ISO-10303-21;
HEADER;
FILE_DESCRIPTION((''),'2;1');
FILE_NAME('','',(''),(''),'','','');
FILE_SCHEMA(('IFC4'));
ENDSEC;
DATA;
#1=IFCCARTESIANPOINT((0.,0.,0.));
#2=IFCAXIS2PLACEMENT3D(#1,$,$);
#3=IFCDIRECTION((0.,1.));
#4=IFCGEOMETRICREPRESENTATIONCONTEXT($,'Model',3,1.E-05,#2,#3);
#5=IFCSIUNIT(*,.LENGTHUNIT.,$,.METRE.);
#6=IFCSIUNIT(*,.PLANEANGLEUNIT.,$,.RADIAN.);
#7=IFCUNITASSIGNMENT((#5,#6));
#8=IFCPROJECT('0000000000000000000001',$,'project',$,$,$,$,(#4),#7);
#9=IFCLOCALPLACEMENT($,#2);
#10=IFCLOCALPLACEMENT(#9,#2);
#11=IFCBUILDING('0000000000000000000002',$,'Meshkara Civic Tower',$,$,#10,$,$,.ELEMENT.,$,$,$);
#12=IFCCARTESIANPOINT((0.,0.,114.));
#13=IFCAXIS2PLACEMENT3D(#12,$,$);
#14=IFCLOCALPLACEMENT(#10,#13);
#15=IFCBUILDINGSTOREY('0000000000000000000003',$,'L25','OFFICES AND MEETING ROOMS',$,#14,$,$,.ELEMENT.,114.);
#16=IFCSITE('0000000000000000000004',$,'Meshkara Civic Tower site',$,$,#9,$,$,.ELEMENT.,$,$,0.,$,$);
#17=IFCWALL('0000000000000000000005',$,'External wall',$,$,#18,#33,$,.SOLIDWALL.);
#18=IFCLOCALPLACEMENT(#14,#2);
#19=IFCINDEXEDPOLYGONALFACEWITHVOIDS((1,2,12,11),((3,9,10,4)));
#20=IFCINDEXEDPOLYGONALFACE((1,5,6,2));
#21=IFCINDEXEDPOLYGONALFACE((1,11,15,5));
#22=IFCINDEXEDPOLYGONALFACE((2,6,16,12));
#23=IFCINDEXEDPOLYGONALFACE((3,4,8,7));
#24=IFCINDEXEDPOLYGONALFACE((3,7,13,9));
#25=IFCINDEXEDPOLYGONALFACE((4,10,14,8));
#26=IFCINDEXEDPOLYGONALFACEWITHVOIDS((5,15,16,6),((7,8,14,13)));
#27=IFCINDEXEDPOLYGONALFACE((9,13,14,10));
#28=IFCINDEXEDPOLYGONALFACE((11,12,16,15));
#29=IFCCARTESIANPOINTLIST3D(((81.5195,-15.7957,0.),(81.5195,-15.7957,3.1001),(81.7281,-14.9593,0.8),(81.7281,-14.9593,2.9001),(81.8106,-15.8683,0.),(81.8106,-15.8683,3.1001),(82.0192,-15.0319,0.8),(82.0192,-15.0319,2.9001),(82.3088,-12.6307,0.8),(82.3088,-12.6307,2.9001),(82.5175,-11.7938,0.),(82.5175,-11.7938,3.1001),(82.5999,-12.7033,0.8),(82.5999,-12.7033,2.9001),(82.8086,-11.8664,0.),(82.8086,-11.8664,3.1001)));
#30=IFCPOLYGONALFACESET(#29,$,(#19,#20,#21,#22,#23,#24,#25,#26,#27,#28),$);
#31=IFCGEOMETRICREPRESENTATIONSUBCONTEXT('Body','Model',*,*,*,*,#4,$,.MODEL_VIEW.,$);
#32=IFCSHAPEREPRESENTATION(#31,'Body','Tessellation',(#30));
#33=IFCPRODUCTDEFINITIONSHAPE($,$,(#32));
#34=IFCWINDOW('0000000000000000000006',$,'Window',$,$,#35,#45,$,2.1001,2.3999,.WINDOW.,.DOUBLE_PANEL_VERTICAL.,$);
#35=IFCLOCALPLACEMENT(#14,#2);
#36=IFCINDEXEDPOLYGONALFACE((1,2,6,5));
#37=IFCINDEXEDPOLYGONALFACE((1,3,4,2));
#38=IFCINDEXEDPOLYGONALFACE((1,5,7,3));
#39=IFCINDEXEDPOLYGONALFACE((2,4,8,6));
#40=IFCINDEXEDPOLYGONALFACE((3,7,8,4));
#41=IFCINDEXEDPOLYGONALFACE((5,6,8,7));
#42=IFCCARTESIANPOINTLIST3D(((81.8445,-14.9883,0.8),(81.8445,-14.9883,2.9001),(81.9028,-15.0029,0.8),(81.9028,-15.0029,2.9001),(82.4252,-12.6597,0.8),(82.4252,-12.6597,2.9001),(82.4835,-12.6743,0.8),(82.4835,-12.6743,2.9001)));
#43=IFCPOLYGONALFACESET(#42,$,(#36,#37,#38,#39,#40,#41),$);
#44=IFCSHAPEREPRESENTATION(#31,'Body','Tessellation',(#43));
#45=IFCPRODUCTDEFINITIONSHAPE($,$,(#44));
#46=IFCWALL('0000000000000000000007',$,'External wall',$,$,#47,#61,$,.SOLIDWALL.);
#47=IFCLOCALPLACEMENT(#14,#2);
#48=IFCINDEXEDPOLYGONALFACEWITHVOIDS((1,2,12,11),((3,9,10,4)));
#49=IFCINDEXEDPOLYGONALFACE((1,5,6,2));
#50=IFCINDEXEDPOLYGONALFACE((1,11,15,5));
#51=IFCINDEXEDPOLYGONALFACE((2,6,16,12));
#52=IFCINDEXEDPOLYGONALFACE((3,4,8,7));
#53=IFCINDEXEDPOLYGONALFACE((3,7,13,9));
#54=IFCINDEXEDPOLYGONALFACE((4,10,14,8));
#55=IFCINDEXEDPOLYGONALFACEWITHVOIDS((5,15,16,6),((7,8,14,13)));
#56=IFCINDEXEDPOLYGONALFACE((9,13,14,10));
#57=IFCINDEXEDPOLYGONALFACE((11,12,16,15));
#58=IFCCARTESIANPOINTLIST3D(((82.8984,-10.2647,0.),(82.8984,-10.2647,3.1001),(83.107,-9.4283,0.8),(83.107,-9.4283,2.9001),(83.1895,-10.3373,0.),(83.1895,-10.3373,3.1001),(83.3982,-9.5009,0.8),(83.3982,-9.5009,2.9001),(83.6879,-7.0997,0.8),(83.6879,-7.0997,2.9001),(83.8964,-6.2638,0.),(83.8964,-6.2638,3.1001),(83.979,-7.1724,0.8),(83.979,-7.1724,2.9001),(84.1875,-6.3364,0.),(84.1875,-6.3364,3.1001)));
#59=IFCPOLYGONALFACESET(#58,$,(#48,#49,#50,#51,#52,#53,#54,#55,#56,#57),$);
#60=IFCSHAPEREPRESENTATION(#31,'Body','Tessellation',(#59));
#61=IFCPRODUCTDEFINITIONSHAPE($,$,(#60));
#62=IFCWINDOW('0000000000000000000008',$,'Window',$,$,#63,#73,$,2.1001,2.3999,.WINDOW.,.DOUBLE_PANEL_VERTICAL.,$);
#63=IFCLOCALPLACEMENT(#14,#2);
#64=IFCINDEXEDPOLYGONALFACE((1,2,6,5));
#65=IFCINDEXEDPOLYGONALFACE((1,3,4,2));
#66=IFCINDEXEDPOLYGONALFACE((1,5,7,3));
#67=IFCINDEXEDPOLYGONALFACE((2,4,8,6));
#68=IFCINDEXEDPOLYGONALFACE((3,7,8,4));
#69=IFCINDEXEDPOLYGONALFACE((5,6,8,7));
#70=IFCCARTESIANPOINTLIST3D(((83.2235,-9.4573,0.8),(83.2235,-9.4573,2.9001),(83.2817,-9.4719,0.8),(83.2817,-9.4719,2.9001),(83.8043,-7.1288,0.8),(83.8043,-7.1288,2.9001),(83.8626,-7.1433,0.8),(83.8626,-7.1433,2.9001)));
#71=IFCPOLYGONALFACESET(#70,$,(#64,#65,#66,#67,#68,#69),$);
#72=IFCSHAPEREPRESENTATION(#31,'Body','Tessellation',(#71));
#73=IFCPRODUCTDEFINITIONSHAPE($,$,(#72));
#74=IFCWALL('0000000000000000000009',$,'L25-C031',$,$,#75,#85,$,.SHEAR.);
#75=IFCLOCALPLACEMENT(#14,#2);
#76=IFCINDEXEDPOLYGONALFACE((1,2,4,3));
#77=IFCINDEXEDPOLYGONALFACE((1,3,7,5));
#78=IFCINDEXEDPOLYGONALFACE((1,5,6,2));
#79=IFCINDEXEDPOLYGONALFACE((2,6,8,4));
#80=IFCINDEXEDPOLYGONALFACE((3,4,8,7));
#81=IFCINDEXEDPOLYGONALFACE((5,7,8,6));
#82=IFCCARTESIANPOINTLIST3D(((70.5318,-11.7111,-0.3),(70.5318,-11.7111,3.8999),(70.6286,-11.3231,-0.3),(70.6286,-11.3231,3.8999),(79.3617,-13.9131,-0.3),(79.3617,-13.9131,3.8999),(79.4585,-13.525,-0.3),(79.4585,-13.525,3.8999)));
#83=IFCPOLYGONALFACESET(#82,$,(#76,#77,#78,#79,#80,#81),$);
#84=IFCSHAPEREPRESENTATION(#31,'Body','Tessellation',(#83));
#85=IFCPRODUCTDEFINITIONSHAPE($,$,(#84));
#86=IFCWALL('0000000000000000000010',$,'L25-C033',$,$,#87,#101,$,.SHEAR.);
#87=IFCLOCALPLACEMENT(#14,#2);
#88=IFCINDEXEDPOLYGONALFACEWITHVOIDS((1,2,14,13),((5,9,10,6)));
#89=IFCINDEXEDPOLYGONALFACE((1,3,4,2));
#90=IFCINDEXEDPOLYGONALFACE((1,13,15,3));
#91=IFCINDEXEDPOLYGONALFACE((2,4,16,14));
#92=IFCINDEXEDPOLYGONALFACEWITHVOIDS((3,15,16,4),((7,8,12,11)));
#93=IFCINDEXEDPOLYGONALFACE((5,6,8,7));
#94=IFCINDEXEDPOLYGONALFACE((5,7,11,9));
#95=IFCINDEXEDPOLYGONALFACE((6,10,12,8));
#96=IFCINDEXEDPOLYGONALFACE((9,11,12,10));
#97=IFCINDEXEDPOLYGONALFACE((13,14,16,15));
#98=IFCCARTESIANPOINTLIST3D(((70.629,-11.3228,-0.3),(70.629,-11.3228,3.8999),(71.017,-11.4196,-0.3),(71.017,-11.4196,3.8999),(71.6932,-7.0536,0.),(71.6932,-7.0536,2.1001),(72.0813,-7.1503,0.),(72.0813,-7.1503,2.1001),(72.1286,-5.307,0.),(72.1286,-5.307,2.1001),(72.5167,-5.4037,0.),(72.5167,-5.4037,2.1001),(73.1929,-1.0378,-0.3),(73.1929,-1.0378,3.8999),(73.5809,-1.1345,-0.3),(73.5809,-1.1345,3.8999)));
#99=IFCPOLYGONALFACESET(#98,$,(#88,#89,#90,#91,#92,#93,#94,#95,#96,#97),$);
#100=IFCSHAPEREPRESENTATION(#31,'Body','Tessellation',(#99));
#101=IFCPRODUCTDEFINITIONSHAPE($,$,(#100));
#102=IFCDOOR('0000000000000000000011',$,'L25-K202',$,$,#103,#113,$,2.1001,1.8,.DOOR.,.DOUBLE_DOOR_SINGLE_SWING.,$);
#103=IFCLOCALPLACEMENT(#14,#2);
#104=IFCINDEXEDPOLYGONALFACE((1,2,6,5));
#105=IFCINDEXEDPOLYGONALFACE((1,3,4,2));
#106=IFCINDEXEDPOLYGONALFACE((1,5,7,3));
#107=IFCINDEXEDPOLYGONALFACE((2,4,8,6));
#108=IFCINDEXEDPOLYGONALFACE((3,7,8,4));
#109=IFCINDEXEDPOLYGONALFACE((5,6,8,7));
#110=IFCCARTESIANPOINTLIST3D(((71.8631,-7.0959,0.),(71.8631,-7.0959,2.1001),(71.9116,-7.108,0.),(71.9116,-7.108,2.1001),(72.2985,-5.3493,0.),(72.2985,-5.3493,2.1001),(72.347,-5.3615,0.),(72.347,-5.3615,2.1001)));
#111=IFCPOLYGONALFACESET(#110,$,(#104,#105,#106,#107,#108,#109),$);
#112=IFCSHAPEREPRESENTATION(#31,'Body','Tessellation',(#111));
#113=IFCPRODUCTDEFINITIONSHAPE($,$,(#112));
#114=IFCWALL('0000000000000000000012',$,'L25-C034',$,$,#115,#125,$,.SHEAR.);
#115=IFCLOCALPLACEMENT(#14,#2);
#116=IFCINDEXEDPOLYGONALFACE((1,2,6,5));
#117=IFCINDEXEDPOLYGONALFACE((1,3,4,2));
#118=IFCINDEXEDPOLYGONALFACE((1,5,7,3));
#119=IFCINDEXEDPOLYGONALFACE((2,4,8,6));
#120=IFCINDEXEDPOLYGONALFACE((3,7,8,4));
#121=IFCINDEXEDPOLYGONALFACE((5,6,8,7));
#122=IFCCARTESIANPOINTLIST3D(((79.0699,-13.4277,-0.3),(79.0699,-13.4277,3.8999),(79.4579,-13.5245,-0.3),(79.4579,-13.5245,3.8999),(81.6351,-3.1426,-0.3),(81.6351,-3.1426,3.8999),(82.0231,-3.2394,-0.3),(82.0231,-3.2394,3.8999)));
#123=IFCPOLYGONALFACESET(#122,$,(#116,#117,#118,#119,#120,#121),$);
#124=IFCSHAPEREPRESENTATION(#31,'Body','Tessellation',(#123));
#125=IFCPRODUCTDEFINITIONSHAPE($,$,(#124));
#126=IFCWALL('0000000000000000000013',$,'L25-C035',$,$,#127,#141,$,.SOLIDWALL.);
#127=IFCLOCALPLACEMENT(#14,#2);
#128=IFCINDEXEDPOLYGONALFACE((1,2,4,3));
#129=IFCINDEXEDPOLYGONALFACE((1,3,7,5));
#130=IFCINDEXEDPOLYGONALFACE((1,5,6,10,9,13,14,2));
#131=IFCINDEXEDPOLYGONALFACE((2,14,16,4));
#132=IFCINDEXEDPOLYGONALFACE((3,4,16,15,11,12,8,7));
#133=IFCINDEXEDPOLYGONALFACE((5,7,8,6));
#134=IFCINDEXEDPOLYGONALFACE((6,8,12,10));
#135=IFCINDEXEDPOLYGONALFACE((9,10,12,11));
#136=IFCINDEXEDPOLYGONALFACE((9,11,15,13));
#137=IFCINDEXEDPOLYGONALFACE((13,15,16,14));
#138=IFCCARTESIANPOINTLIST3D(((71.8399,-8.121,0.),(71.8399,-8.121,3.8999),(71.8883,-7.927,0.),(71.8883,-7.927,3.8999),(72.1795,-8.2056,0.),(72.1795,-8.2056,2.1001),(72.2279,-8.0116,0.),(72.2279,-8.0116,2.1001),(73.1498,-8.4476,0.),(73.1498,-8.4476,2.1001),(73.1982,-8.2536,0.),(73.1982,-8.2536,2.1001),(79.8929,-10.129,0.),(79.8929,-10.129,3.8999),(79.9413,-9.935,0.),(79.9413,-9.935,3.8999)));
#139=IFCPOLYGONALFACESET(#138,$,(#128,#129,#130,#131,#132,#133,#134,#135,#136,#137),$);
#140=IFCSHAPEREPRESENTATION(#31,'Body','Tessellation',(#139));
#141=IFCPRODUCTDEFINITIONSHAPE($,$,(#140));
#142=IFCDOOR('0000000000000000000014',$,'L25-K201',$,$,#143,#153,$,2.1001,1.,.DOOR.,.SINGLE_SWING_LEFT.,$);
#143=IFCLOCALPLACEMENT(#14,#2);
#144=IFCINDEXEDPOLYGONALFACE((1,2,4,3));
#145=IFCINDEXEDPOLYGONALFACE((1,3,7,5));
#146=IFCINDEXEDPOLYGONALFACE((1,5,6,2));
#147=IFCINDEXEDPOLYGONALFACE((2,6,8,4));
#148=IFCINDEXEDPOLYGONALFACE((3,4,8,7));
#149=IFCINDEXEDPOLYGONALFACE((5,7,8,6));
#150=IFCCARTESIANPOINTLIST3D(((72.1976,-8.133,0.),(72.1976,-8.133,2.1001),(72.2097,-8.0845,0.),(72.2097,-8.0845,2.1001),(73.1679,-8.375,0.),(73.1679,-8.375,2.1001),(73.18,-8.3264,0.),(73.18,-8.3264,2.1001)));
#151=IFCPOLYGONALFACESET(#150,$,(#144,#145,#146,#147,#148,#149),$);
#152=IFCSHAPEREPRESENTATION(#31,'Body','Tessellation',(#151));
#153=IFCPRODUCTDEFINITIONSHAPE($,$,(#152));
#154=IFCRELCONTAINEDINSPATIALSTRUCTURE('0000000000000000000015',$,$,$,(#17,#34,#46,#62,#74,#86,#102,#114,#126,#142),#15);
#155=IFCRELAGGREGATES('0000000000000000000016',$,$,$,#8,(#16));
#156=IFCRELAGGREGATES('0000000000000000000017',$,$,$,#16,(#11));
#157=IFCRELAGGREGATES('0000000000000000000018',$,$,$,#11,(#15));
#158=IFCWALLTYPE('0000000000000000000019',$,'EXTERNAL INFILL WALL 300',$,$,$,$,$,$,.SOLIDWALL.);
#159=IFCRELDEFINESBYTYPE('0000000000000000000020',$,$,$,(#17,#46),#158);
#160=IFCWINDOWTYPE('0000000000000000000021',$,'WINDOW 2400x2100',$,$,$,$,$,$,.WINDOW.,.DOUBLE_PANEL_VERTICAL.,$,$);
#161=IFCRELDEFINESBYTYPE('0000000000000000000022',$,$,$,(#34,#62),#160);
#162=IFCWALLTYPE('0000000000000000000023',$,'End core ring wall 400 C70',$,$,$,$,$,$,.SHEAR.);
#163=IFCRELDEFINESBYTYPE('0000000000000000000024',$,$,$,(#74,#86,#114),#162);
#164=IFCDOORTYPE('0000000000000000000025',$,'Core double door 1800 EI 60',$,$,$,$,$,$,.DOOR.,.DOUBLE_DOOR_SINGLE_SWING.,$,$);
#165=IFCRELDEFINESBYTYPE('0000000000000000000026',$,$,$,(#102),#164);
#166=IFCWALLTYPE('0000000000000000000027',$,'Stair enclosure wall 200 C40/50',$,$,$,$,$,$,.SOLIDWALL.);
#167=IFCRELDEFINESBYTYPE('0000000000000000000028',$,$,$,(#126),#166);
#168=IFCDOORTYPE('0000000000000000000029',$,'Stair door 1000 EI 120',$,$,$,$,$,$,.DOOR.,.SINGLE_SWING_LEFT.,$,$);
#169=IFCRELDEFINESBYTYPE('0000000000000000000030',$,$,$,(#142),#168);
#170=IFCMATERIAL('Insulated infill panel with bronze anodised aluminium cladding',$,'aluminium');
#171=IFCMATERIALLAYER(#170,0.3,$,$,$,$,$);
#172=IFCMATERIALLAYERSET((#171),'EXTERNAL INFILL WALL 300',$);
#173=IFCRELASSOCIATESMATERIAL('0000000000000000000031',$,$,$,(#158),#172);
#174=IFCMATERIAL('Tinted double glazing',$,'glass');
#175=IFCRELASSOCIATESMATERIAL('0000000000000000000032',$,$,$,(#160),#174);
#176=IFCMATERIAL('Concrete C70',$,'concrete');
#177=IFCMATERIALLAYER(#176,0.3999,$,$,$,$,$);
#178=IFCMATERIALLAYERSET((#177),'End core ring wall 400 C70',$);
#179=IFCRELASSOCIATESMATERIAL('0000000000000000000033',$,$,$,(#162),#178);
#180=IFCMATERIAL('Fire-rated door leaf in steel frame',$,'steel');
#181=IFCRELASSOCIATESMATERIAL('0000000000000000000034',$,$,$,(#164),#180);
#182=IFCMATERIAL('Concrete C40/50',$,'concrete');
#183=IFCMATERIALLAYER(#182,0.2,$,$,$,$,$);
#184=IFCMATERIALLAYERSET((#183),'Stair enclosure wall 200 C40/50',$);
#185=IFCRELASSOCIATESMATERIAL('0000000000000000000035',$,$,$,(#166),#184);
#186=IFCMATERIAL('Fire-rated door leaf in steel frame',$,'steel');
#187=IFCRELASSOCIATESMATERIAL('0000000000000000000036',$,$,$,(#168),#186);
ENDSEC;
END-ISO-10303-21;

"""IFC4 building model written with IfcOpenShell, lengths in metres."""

from ifc_helpers import new_model, si_unit, direction, frame, frame_2d, origin, place, context, subcontext, project, spatial, rectangle, extrude, material, layer, layer_set, type_object, element, fill, save


model = new_model("IFC4")

# Units and contexts
model_context = context("Model", 3, precision=1e-05, world=origin(), true_north=direction((0.0, 1.0)))
body_context = subcontext(model_context, "Body", "Model", "MODEL_VIEW")
ifc_project = project(units=[si_unit("LENGTHUNIT", "METRE"), si_unit("PLANEANGLEUNIT", "RADIAN")], contexts=[model_context])

# Site, building, storey
site_placement = place(None, origin())
site = spatial("IfcSite", under=ifc_project, at=site_placement, Name="Meshkara Civic Tower site", CompositionType="ELEMENT", RefElevation=0.0)
building_placement = place(site_placement, origin())
building = spatial("IfcBuilding", under=site, at=building_placement, Name="Meshkara Civic Tower", CompositionType="ELEMENT")
storey_placement = place(building_placement, frame((0.0, 0.0, 114.0)))
storey = spatial("IfcBuildingStorey", under=building, at=storey_placement, Name="L25", Description="OFFICES AND MEETING ROOMS", CompositionType="ELEMENT", Elevation=114.0)

# Walls, openings, windows
ifc_material_1 = material(Name="Insulated infill panel with bronze anodised aluminium cladding", Category="aluminium")
ifc_layer_1 = layer(ifc_material_1, 0.3)
ifc_layer_set_1 = layer_set([ifc_layer_1], Name="EXTERNAL INFILL WALL 300")
wall_type_1 = type_object("IfcWallType", Name="EXTERNAL INFILL WALL 300", PredefinedType="SOLIDWALL", material=ifc_layer_set_1)
ifc_material_2 = material(Name="Tinted double glazing", Category="glass")
window_type_1 = type_object("IfcWindowType", Name="WINDOW 2400x2100", PartitioningType="DOUBLE_PANEL_VERTICAL", PredefinedType="WINDOW", material=ifc_material_2)
wall_1_placement = place(storey_placement, frame((81.665, -15.832, 0.0), z_axis=(0.0, 0.0, 1.0), x_axis=(0.241978, 0.970282, 0.0)))
wall_1 = element("IfcWall", 1, at=wall_1_placement, inside=storey, type_object=wall_type_1, Name="External wall", PredefinedType="SOLIDWALL", context=body_context, shape_type="SweptSolid", body=[
    extrude(rectangle(XDim=4.1245, YDim=0.3, at=frame_2d((2.0623, 0.0))), origin(), (0.0, 0.0, 1.0), 3.1001),
])
opening_1_placement = place(wall_1_placement, frame((0.8621, 0.0, 0.8)))
opening_1 = element("IfcOpeningElement", 2, at=opening_1_placement, cuts=wall_1, PredefinedType="OPENING", context=body_context, shape_type="SweptSolid", body=[
    extrude(rectangle(XDim=2.3999, YDim=2.1001, at=frame_2d((1.2, 1.05))), frame((0.0, 0.1599, 0.0), z_axis=(0.0, -1.0, 0.0), x_axis=(1.0, 0.0, 0.0)), (0.0, 0.0, 1.0), 0.3201),
])
window_1_placement = place(opening_1_placement, origin())
window_1 = element("IfcWindow", 3, at=window_1_placement, inside=storey, type_object=window_type_1, Name="Window", OverallHeight=2.1001, OverallWidth=2.3999, PartitioningType="DOUBLE_PANEL_VERTICAL", PredefinedType="WINDOW", context=body_context, shape_type="SweptSolid", body=[
    extrude(rectangle(XDim=2.3999, YDim=2.1001, at=frame_2d((1.2, 1.05))), frame((0.0, 0.03, 0.0), z_axis=(0.0, -1.0, 0.0), x_axis=(1.0, 0.0, 0.0)), (0.0, 0.0, 1.0), 0.0601),
])
fill(opening_1, window_1)
wall_2_placement = place(storey_placement, frame((83.0439, -10.301, 0.0), z_axis=(0.0, 0.0, 1.0), x_axis=(0.242034, 0.970268, 0.0)))
wall_2 = element("IfcWall", 4, at=wall_2_placement, inside=storey, type_object=wall_type_1, Name="External wall", PredefinedType="SOLIDWALL", context=body_context, shape_type="SweptSolid", body=[
    extrude(rectangle(XDim=4.1235, YDim=0.3, at=frame_2d((2.0618, 0.0))), origin(), (0.0, 0.0, 1.0), 3.1001),
])
opening_2_placement = place(wall_2_placement, frame((0.8621, 0.0, 0.8)))
opening_2 = element("IfcOpeningElement", 5, at=opening_2_placement, cuts=wall_2, PredefinedType="OPENING", context=body_context, shape_type="SweptSolid", body=[
    extrude(rectangle(XDim=2.3999, YDim=2.1001, at=frame_2d((1.2, 1.05))), frame((0.0, 0.1599, 0.0), z_axis=(0.0, -1.0, 0.0), x_axis=(1.0, 0.0, 0.0)), (0.0, 0.0, 1.0), 0.3201),
])
window_2_placement = place(opening_2_placement, origin())
window_2 = element("IfcWindow", 6, at=window_2_placement, inside=storey, type_object=window_type_1, Name="Window", OverallHeight=2.1001, OverallWidth=2.3999, PartitioningType="DOUBLE_PANEL_VERTICAL", PredefinedType="WINDOW", context=body_context, shape_type="SweptSolid", body=[
    extrude(rectangle(XDim=2.3999, YDim=2.1001, at=frame_2d((1.2, 1.05))), frame((0.0, 0.03, 0.0), z_axis=(0.0, -1.0, 0.0), x_axis=(1.0, 0.0, 0.0)), (0.0, 0.0, 1.0), 0.0601),
])
fill(opening_2, window_2)

# Wall
ifc_material_3 = material(Name="Concrete C70", Category="concrete")
ifc_layer_2 = layer(ifc_material_3, 0.3999)
ifc_layer_set_2 = layer_set([ifc_layer_2], Name="End core ring wall 400 C70")
wall_type_2 = type_object("IfcWallType", Name="End core ring wall 400 C70", PredefinedType="SHEAR", material=ifc_layer_set_2)
wall_3_placement = place(storey_placement, frame((70.5801, -11.5171, -0.3), z_axis=(0.0, 0.0, 1.0), x_axis=(0.970286, -0.241961, 0.0)))
element("IfcWall", 7, at=wall_3_placement, inside=storey, type_object=wall_type_2, Name="L25-C031", PredefinedType="SHEAR", context=body_context, shape_type="SweptSolid", body=[
    extrude(rectangle(XDim=9.1003, YDim=0.3999, at=frame_2d((4.5503, 0.0))), origin(), (0.0, 0.0, 1.0), 4.2),
])

# Wall, opening, door
wall_4_placement = place(storey_placement, frame((70.823, -11.3711, -0.3), z_axis=(0.0, 0.0, 1.0), x_axis=(0.241885, 0.970305, 0.0)))
wall_4 = element("IfcWall", 8, at=wall_4_placement, inside=storey, type_object=wall_type_2, Name="L25-C033", PredefinedType="SHEAR", context=body_context, shape_type="SweptSolid", body=[
    extrude(rectangle(XDim=10.5999, YDim=0.3999, at=frame_2d((5.2998, 0.0))), origin(), (0.0, 0.0, 1.0), 4.2),
])
opening_3_placement = place(wall_4_placement, frame((4.3999, 0.0, 0.3)))
opening_3 = element("IfcOpeningElement", 9, at=opening_3_placement, cuts=wall_4, PredefinedType="OPENING", context=body_context, shape_type="SweptSolid", body=[
    extrude(rectangle(XDim=1.8, YDim=2.1001, at=frame_2d((0.8999, 1.05))), frame((0.0, 0.21, 0.0), z_axis=(0.0, -1.0, 0.0), x_axis=(1.0, 0.0, 0.0)), (0.0, 0.0, 1.0), 0.4199),
])
ifc_material_4 = material(Name="Fire-rated door leaf in steel frame", Category="steel")
door_type_1 = type_object("IfcDoorType", Name="Core double door 1800 EI 60", OperationType="DOUBLE_DOOR_SINGLE_SWING", PredefinedType="DOOR", material=ifc_material_4)
door_1_placement = place(opening_3_placement, origin())
door_1 = element("IfcDoor", 10, at=door_1_placement, inside=storey, type_object=door_type_1, Name="L25-K202", OperationType="DOUBLE_DOOR_SINGLE_SWING", OverallHeight=2.1001, OverallWidth=1.8, PredefinedType="DOOR", context=body_context, shape_type="SweptSolid", body=[
    extrude(rectangle(XDim=1.8, YDim=2.1001, at=frame_2d((0.8999, 1.05))), frame((0.0, 0.0249, 0.0), z_axis=(0.0, -1.0, 0.0), x_axis=(1.0, 0.0, 0.0)), (0.0, 0.0, 1.0), 0.05),
])
fill(opening_3, door_1)

# Wall
wall_5_placement = place(storey_placement, frame((79.2639, -13.4761, -0.3), z_axis=(0.0, 0.0, 1.0), x_axis=(0.241994, 0.970278, 0.0)))
element("IfcWall", 11, at=wall_5_placement, inside=storey, type_object=wall_type_2, Name="L25-C034", PredefinedType="SHEAR", context=body_context, shape_type="SweptSolid", body=[
    extrude(rectangle(XDim=10.6001, YDim=0.3999, at=frame_2d((5.3, 0.0))), origin(), (0.0, 0.0, 1.0), 4.2),
])

# Wall, opening, door
ifc_material_5 = material(Name="Concrete C40/50", Category="concrete")
ifc_layer_3 = layer(ifc_material_5, 0.2)
ifc_layer_set_3 = layer_set([ifc_layer_3], Name="Stair enclosure wall 200 C40/50")
wall_type_3 = type_object("IfcWallType", Name="Stair enclosure wall 200 C40/50", PredefinedType="SOLIDWALL", material=ifc_layer_set_3)
wall_6_placement = place(storey_placement, frame((71.864, -8.0239, 0.0), z_axis=(0.0, 0.0, 1.0), x_axis=(0.970289, -0.241947, 0.0)))
wall_6 = element("IfcWall", 12, at=wall_6_placement, inside=storey, type_object=wall_type_3, Name="L25-C035", PredefinedType="SOLIDWALL", context=body_context, shape_type="SweptSolid", body=[
    extrude(rectangle(XDim=8.2996, YDim=0.2, at=frame_2d((4.1499, 0.0))), origin(), (0.0, 0.0, 1.0), 3.8999),
])
opening_4_placement = place(wall_6_placement, frame((0.3501, 0.0, 0.0)))
opening_4 = element("IfcOpeningElement", 13, at=opening_4_placement, cuts=wall_6, PredefinedType="OPENING", context=body_context, shape_type="SweptSolid", body=[
    extrude(rectangle(XDim=1.0, YDim=2.1001, at=frame_2d((0.5, 1.05))), frame((0.0, 0.1099, 0.0), z_axis=(0.0, -1.0, 0.0), x_axis=(1.0, 0.0, 0.0)), (0.0, 0.0, 1.0), 0.22),
])
ifc_material_6 = material(Name="Fire-rated door leaf in steel frame", Category="steel")
door_type_2 = type_object("IfcDoorType", Name="Stair door 1000 EI 120", OperationType="SINGLE_SWING_LEFT", PredefinedType="DOOR", material=ifc_material_6)
door_2_placement = place(opening_4_placement, origin())
door_2 = element("IfcDoor", 14, at=door_2_placement, inside=storey, type_object=door_type_2, Name="L25-K201", OperationType="SINGLE_SWING_LEFT", OverallHeight=2.1001, OverallWidth=1.0, PredefinedType="DOOR", context=body_context, shape_type="SweptSolid", body=[
    extrude(rectangle(XDim=1.0, YDim=2.1001, at=frame_2d((0.5, 1.05))), frame((0.0, 0.0249, 0.0), z_axis=(0.0, -1.0, 0.0), x_axis=(1.0, 0.0, 0.0)), (0.0, 0.0, 1.0), 0.05),
])
fill(opening_4, door_2)

save(model, "model.ifc")
